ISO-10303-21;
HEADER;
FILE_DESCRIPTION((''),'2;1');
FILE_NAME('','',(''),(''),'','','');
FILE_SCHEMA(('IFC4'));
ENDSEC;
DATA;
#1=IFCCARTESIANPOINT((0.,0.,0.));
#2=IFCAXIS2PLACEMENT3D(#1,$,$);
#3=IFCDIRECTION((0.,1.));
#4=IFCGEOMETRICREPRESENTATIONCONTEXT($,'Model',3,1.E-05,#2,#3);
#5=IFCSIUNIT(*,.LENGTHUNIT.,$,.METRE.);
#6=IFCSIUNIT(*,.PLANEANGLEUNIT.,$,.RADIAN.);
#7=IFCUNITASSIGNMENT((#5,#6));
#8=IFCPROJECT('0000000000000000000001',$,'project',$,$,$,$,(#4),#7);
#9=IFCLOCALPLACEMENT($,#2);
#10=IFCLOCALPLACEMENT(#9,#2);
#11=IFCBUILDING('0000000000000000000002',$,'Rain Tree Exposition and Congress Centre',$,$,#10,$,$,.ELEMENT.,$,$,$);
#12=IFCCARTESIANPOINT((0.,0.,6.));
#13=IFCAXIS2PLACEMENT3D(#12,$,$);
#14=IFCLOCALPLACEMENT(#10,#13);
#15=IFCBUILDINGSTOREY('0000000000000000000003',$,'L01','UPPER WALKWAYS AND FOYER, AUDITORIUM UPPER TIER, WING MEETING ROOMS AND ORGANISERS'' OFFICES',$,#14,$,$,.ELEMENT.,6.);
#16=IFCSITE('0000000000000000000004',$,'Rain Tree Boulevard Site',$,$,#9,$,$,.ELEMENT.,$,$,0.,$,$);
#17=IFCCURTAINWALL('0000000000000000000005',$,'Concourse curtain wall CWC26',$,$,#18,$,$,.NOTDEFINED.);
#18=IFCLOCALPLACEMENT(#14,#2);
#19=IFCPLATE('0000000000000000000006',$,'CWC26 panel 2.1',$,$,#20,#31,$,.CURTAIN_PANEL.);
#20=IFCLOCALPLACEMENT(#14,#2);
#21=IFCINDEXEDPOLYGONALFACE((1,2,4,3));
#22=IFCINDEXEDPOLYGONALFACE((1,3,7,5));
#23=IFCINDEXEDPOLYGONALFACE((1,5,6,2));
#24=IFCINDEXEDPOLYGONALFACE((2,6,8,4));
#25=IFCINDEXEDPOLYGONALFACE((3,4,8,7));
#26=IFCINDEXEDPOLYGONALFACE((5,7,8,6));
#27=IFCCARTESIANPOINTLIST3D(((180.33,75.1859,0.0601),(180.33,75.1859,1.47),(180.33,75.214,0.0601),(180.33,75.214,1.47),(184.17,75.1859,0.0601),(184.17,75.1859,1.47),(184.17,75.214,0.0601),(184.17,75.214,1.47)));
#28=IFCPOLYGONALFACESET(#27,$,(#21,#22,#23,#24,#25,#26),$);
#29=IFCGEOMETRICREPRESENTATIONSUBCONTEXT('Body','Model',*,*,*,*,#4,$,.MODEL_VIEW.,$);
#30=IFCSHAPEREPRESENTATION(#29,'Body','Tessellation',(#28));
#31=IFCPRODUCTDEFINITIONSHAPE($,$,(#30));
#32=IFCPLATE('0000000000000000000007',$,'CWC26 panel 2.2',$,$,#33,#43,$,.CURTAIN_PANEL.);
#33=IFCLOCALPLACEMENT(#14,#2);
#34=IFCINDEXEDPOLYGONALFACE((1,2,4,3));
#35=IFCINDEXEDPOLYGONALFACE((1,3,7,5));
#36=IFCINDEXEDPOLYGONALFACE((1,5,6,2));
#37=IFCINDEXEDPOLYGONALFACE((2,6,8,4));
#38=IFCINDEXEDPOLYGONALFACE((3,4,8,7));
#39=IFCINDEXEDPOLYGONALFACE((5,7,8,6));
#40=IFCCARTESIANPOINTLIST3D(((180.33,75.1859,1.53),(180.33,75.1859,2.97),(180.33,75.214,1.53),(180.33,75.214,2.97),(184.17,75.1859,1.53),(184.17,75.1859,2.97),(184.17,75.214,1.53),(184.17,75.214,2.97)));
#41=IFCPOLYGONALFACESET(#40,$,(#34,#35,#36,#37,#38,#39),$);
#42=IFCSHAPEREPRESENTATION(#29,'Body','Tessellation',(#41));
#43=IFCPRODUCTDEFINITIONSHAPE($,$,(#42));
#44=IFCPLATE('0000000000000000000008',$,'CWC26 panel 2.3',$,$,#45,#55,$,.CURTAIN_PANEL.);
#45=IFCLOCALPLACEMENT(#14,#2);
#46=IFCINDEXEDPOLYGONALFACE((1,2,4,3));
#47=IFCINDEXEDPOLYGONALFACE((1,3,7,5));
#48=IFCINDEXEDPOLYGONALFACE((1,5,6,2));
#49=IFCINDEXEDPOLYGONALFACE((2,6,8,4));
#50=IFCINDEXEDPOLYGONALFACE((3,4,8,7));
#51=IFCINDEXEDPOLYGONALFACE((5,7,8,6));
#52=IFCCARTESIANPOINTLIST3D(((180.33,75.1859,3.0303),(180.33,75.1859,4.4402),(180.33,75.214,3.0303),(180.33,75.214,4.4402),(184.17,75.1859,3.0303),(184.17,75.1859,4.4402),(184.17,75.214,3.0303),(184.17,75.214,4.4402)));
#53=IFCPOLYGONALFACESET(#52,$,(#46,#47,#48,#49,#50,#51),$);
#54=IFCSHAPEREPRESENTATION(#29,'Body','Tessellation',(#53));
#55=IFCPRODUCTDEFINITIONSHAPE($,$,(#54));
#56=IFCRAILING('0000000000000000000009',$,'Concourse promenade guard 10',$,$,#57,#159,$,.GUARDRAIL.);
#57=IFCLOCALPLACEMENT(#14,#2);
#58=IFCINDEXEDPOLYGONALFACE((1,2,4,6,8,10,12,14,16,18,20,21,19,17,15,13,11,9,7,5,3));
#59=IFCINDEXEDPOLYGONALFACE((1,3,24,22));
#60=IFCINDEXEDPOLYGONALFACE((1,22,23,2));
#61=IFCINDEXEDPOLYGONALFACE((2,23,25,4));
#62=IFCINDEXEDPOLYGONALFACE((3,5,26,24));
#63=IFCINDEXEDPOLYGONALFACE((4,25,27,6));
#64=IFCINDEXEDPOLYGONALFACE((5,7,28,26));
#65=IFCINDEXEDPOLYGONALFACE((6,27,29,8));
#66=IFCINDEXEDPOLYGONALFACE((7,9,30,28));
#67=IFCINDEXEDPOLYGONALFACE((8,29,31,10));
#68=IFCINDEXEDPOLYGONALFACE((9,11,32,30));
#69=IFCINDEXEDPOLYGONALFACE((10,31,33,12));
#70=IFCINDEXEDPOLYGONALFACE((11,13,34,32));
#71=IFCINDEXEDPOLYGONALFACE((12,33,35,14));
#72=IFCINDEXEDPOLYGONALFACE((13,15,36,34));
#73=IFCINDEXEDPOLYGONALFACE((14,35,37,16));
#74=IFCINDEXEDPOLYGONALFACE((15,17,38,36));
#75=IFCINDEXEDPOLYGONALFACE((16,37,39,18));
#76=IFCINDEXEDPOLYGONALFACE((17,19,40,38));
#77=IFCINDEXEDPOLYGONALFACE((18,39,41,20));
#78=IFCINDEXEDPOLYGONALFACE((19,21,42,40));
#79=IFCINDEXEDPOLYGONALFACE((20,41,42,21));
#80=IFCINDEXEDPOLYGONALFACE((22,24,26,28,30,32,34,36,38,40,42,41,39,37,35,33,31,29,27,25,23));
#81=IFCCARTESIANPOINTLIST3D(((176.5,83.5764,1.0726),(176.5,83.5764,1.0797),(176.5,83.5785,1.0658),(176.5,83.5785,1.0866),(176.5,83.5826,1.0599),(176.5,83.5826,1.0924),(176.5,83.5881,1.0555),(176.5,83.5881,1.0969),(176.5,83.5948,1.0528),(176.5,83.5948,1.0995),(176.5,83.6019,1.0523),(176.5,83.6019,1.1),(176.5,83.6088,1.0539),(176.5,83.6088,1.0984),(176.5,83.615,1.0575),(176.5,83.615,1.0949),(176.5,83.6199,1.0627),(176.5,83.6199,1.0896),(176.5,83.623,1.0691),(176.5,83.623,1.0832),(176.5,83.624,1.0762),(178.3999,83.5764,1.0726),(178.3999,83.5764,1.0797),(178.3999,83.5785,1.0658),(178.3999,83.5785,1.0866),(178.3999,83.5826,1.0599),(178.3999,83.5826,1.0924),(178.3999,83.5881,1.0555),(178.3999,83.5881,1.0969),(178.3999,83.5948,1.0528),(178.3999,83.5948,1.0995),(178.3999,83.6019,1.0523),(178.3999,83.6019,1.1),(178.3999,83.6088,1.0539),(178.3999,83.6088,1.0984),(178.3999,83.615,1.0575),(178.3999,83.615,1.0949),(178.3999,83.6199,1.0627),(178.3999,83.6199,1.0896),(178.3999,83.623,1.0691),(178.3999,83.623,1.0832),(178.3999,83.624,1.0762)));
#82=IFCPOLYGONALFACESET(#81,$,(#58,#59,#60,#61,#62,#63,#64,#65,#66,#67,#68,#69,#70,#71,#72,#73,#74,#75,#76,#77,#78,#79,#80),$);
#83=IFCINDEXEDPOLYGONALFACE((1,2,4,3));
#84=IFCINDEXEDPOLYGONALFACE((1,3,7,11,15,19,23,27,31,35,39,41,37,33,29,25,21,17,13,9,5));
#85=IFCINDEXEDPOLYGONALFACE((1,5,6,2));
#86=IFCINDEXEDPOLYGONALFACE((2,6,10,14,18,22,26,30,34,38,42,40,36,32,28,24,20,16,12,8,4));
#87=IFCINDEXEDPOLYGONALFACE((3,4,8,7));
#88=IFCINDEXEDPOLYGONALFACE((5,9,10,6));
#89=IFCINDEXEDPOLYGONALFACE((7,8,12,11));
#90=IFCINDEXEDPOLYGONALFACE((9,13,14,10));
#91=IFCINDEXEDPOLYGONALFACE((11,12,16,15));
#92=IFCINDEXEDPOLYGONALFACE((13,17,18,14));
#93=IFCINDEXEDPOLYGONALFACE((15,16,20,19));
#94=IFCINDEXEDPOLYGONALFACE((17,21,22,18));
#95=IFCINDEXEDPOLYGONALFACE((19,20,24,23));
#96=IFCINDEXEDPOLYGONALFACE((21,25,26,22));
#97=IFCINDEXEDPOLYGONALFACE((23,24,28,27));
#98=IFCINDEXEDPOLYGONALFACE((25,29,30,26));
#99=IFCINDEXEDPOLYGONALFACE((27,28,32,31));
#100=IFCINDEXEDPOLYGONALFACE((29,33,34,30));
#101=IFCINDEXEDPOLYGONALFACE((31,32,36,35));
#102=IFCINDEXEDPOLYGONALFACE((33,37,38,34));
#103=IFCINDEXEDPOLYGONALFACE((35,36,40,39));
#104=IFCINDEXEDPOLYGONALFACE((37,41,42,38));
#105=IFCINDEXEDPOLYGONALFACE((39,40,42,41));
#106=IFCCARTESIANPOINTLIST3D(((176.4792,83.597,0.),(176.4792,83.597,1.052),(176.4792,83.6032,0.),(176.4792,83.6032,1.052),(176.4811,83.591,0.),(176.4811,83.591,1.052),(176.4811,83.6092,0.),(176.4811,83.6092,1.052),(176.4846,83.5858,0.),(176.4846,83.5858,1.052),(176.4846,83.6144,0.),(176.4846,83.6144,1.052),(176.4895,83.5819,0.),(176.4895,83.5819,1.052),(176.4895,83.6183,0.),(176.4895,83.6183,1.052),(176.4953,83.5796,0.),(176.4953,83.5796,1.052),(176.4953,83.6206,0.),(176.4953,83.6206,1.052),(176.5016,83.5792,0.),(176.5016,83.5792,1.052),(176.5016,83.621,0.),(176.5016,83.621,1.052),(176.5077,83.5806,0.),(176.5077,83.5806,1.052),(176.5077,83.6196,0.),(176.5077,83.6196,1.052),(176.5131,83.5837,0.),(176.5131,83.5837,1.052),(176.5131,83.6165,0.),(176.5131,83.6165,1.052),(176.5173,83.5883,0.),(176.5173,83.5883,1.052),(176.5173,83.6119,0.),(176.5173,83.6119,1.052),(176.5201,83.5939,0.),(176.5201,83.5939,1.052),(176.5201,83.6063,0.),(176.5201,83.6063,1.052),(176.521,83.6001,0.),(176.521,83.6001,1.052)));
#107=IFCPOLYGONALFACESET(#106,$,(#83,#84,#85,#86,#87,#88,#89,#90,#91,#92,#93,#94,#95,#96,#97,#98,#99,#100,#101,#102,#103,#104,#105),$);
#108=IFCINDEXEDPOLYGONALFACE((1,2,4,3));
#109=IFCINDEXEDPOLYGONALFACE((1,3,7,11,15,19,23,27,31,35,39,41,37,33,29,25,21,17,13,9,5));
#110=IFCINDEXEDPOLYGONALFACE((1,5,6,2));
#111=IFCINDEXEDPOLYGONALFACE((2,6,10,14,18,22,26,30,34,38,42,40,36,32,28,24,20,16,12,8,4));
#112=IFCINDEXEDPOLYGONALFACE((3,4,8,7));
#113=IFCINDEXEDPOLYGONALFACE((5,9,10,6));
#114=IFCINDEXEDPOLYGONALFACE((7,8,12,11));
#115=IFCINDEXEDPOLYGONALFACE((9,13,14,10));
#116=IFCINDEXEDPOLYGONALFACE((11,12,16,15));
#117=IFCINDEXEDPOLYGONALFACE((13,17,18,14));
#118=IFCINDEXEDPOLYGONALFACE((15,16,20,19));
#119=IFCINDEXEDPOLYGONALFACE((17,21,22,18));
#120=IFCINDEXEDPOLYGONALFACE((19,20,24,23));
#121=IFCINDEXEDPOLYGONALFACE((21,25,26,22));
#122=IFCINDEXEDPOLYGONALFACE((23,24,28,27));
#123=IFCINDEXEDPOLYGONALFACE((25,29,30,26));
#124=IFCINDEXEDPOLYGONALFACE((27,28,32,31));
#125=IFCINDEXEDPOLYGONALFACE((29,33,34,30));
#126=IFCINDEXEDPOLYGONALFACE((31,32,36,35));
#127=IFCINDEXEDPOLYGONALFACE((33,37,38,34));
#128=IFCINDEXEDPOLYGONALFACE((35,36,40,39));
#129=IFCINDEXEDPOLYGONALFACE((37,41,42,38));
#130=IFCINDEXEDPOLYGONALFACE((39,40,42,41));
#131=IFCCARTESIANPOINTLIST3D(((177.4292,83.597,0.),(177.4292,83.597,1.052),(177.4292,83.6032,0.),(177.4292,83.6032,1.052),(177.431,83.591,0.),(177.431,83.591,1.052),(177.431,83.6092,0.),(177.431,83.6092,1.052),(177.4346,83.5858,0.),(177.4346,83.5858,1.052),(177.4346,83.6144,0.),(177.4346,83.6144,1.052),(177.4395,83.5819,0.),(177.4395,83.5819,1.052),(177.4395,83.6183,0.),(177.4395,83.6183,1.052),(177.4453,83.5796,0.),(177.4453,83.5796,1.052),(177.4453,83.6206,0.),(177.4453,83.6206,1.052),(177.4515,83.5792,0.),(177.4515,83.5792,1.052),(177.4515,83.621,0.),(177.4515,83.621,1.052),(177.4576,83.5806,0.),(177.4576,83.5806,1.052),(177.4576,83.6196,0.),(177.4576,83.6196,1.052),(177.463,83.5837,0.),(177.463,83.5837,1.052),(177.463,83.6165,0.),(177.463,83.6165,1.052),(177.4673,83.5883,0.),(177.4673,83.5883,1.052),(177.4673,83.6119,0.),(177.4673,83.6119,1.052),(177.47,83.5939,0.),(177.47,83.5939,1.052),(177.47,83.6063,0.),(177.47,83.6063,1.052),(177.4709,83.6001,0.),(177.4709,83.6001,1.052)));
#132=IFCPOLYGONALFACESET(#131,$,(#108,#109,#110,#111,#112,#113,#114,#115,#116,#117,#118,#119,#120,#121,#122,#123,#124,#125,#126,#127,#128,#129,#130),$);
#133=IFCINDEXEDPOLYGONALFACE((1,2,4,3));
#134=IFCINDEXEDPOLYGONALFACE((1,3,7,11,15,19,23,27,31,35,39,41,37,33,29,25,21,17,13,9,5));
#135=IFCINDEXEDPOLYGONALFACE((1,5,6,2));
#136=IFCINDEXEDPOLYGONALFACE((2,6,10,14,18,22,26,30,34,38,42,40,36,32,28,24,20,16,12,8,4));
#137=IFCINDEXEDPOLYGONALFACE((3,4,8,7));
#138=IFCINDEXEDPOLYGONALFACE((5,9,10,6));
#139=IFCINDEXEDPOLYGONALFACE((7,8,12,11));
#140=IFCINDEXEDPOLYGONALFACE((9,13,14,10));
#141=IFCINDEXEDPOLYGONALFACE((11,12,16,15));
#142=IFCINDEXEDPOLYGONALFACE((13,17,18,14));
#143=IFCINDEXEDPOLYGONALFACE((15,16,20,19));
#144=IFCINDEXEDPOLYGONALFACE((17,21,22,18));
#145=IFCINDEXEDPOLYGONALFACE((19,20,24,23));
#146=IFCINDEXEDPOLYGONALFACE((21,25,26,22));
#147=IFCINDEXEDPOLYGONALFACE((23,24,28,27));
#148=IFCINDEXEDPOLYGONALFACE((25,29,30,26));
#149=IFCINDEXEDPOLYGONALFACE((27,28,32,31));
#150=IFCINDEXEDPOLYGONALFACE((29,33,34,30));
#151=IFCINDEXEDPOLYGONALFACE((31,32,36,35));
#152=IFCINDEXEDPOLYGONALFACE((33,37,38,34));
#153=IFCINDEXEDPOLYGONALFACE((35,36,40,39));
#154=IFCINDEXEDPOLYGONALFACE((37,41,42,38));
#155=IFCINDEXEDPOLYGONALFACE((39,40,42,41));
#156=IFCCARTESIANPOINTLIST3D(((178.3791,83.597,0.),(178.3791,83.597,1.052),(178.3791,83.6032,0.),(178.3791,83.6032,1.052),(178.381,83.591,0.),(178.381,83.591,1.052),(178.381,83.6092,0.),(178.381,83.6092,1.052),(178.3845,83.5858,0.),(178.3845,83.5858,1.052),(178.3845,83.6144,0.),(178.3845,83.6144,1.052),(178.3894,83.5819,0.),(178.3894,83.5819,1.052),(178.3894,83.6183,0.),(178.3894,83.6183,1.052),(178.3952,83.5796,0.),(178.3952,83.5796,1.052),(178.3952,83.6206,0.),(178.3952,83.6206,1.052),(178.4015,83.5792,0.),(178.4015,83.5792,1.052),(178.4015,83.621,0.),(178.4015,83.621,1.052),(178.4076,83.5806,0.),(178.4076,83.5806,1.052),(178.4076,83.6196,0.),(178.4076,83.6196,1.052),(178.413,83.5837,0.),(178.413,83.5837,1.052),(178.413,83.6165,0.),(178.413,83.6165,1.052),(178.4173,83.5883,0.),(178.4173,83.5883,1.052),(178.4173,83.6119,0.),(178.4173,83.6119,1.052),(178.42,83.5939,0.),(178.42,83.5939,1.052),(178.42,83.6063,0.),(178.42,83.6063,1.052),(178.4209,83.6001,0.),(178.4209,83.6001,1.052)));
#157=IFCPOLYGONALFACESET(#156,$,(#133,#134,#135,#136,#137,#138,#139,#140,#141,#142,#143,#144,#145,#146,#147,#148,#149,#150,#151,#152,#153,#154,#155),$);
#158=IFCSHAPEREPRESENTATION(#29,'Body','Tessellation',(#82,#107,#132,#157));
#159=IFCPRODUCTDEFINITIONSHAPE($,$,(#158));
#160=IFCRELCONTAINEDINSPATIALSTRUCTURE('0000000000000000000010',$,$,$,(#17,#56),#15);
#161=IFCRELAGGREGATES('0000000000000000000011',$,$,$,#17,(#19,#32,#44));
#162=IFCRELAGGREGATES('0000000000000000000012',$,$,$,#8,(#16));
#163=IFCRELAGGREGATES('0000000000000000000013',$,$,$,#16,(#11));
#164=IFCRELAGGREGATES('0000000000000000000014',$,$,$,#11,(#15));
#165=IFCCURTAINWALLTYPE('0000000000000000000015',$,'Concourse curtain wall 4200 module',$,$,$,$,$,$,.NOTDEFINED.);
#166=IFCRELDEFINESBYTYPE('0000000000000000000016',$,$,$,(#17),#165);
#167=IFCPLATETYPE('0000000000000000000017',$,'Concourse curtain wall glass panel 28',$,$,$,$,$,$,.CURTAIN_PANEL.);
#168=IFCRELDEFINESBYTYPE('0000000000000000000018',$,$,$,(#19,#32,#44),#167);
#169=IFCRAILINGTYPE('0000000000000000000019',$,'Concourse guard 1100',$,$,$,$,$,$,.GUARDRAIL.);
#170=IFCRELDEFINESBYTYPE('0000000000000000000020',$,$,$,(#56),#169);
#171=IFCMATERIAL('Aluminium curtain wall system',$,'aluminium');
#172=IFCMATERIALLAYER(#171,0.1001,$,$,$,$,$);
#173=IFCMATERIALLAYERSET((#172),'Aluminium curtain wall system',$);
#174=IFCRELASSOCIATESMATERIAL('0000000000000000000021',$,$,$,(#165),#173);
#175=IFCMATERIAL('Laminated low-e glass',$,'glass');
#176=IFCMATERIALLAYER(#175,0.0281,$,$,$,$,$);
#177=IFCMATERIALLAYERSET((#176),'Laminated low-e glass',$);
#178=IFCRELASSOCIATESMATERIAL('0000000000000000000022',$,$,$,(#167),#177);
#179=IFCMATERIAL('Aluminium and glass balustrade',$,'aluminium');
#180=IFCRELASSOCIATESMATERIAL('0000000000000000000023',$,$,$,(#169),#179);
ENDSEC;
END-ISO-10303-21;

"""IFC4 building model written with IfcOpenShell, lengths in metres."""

from ifc_helpers import new_model, si_unit, direction, frame, origin, origin_2d, place, context, subcontext, project, spatial, rectangle, circle, extrude, material, layer, layer_set, type_object, element, aggregate, save


model = new_model("IFC4")

# Units and contexts
model_context = context("Model", 3, precision=1e-05, world=origin(), true_north=direction((0.0, 1.0)))
body_context = subcontext(model_context, "Body", "Model", "MODEL_VIEW")
ifc_project = project(units=[si_unit("LENGTHUNIT", "METRE"), si_unit("PLANEANGLEUNIT", "RADIAN")], contexts=[model_context])

# Site, building, storey
site_placement = place(None, origin())
site = spatial("IfcSite", under=ifc_project, at=site_placement, Name="Rain Tree Boulevard Site", CompositionType="ELEMENT", RefElevation=0.0)
building_placement = place(site_placement, origin())
building = spatial("IfcBuilding", under=site, at=building_placement, Name="Rain Tree Exposition and Congress Centre", CompositionType="ELEMENT")
storey_placement = place(building_placement, frame((0.0, 0.0, 6.0)))
storey = spatial("IfcBuildingStorey", under=building, at=storey_placement, Name="L01", Description="UPPER WALKWAYS AND FOYER, AUDITORIUM UPPER TIER, WING MEETING ROOMS AND ORGANISERS' OFFICES", CompositionType="ELEMENT", Elevation=6.0)

# Curtain wall
ifc_material_1 = material(Name="Aluminium curtain wall system", Category="aluminium")
ifc_layer_1 = layer(ifc_material_1, 0.1001)
ifc_layer_set_1 = layer_set([ifc_layer_1], Name="Aluminium curtain wall system")
curtain_wall_type = type_object("IfcCurtainWallType", Name="Concourse curtain wall 4200 module", PredefinedType="NOTDEFINED", material=ifc_layer_set_1)
curtain_wall_placement = place(storey_placement, origin())
curtain_wall = element("IfcCurtainWall", 1, at=curtain_wall_placement, inside=storey, type_object=curtain_wall_type, Name="Concourse curtain wall CWC26", PredefinedType="NOTDEFINED")

# Plates
ifc_material_2 = material(Name="Laminated low-e glass", Category="glass")
ifc_layer_2 = layer(ifc_material_2, 0.0281)
ifc_layer_set_2 = layer_set([ifc_layer_2], Name="Laminated low-e glass")
plate_type = type_object("IfcPlateType", Name="Concourse curtain wall glass panel 28", PredefinedType="CURTAIN_PANEL", material=ifc_layer_set_2)
plate_1_placement = place(storey_placement, frame((182.25, 75.2, 0.0601), z_axis=(0.0, 0.0, 1.0), x_axis=(1.0, 0.0, 0.0)))
plate_1 = element("IfcPlate", 2, at=plate_1_placement, type_object=plate_type, Name="CWC26 panel 2.1", PredefinedType="CURTAIN_PANEL", context=body_context, shape_type="SweptSolid", body=[
    extrude(rectangle(XDim=3.8401, YDim=0.0281, at=origin_2d()), origin(), (0.0, 0.0, 1.0), 1.4099),
])
plate_2_placement = place(storey_placement, frame((182.25, 75.2, 1.53), z_axis=(0.0, 0.0, 1.0), x_axis=(1.0, 0.0, 0.0)))
plate_2 = element("IfcPlate", 3, at=plate_2_placement, type_object=plate_type, Name="CWC26 panel 2.2", PredefinedType="CURTAIN_PANEL", context=body_context, shape_type="SweptSolid", body=[
    extrude(rectangle(XDim=3.8401, YDim=0.0281, at=origin_2d()), origin(), (0.0, 0.0, 1.0), 1.4399),
])
plate_3_placement = place(storey_placement, frame((182.25, 75.2, 3.0303), z_axis=(0.0, 0.0, 1.0), x_axis=(1.0, 0.0, 0.0)))
plate_3 = element("IfcPlate", 4, at=plate_3_placement, type_object=plate_type, Name="CWC26 panel 2.3", PredefinedType="CURTAIN_PANEL", context=body_context, shape_type="SweptSolid", body=[
    extrude(rectangle(XDim=3.8401, YDim=0.0281, at=origin_2d()), origin(), (0.0, 0.0, 1.0), 1.4099),
])
aggregate(curtain_wall, [plate_1, plate_2, plate_3])

# Railing
ifc_material_3 = material(Name="Aluminium and glass balustrade", Category="aluminium")
railing_type = type_object("IfcRailingType", Name="Concourse guard 1100", PredefinedType="GUARDRAIL", material=ifc_material_3)
railing_1_placement = place(storey_placement, frame((176.5, 83.6001, 0.0)))
element("IfcRailing", 5, at=railing_1_placement, inside=storey, type_object=railing_type, Name="Concourse promenade guard 10", PredefinedType="GUARDRAIL", context=body_context, shape_type="SweptSolid", body=[
    extrude(circle(Radius=0.0239, at=origin_2d()), frame((0.0, 0.0, 1.0762), z_axis=(1.0, 0.0, 0.0), x_axis=(0.0, 1.0, 0.0)), (0.0, 0.0, 1.0), 1.8999),
    extrude(circle(Radius=0.021, at=origin_2d()), origin(), (0.0, 0.0, 1.0), 1.052),
    extrude(circle(Radius=0.021, at=origin_2d()), frame((0.95, 0.0, 0.0)), (0.0, 0.0, 1.0), 1.052),
    extrude(circle(Radius=0.021, at=origin_2d()), frame((1.8999, 0.0, 0.0)), (0.0, 0.0, 1.0), 1.052),
])

save(model, "model.ifc")
